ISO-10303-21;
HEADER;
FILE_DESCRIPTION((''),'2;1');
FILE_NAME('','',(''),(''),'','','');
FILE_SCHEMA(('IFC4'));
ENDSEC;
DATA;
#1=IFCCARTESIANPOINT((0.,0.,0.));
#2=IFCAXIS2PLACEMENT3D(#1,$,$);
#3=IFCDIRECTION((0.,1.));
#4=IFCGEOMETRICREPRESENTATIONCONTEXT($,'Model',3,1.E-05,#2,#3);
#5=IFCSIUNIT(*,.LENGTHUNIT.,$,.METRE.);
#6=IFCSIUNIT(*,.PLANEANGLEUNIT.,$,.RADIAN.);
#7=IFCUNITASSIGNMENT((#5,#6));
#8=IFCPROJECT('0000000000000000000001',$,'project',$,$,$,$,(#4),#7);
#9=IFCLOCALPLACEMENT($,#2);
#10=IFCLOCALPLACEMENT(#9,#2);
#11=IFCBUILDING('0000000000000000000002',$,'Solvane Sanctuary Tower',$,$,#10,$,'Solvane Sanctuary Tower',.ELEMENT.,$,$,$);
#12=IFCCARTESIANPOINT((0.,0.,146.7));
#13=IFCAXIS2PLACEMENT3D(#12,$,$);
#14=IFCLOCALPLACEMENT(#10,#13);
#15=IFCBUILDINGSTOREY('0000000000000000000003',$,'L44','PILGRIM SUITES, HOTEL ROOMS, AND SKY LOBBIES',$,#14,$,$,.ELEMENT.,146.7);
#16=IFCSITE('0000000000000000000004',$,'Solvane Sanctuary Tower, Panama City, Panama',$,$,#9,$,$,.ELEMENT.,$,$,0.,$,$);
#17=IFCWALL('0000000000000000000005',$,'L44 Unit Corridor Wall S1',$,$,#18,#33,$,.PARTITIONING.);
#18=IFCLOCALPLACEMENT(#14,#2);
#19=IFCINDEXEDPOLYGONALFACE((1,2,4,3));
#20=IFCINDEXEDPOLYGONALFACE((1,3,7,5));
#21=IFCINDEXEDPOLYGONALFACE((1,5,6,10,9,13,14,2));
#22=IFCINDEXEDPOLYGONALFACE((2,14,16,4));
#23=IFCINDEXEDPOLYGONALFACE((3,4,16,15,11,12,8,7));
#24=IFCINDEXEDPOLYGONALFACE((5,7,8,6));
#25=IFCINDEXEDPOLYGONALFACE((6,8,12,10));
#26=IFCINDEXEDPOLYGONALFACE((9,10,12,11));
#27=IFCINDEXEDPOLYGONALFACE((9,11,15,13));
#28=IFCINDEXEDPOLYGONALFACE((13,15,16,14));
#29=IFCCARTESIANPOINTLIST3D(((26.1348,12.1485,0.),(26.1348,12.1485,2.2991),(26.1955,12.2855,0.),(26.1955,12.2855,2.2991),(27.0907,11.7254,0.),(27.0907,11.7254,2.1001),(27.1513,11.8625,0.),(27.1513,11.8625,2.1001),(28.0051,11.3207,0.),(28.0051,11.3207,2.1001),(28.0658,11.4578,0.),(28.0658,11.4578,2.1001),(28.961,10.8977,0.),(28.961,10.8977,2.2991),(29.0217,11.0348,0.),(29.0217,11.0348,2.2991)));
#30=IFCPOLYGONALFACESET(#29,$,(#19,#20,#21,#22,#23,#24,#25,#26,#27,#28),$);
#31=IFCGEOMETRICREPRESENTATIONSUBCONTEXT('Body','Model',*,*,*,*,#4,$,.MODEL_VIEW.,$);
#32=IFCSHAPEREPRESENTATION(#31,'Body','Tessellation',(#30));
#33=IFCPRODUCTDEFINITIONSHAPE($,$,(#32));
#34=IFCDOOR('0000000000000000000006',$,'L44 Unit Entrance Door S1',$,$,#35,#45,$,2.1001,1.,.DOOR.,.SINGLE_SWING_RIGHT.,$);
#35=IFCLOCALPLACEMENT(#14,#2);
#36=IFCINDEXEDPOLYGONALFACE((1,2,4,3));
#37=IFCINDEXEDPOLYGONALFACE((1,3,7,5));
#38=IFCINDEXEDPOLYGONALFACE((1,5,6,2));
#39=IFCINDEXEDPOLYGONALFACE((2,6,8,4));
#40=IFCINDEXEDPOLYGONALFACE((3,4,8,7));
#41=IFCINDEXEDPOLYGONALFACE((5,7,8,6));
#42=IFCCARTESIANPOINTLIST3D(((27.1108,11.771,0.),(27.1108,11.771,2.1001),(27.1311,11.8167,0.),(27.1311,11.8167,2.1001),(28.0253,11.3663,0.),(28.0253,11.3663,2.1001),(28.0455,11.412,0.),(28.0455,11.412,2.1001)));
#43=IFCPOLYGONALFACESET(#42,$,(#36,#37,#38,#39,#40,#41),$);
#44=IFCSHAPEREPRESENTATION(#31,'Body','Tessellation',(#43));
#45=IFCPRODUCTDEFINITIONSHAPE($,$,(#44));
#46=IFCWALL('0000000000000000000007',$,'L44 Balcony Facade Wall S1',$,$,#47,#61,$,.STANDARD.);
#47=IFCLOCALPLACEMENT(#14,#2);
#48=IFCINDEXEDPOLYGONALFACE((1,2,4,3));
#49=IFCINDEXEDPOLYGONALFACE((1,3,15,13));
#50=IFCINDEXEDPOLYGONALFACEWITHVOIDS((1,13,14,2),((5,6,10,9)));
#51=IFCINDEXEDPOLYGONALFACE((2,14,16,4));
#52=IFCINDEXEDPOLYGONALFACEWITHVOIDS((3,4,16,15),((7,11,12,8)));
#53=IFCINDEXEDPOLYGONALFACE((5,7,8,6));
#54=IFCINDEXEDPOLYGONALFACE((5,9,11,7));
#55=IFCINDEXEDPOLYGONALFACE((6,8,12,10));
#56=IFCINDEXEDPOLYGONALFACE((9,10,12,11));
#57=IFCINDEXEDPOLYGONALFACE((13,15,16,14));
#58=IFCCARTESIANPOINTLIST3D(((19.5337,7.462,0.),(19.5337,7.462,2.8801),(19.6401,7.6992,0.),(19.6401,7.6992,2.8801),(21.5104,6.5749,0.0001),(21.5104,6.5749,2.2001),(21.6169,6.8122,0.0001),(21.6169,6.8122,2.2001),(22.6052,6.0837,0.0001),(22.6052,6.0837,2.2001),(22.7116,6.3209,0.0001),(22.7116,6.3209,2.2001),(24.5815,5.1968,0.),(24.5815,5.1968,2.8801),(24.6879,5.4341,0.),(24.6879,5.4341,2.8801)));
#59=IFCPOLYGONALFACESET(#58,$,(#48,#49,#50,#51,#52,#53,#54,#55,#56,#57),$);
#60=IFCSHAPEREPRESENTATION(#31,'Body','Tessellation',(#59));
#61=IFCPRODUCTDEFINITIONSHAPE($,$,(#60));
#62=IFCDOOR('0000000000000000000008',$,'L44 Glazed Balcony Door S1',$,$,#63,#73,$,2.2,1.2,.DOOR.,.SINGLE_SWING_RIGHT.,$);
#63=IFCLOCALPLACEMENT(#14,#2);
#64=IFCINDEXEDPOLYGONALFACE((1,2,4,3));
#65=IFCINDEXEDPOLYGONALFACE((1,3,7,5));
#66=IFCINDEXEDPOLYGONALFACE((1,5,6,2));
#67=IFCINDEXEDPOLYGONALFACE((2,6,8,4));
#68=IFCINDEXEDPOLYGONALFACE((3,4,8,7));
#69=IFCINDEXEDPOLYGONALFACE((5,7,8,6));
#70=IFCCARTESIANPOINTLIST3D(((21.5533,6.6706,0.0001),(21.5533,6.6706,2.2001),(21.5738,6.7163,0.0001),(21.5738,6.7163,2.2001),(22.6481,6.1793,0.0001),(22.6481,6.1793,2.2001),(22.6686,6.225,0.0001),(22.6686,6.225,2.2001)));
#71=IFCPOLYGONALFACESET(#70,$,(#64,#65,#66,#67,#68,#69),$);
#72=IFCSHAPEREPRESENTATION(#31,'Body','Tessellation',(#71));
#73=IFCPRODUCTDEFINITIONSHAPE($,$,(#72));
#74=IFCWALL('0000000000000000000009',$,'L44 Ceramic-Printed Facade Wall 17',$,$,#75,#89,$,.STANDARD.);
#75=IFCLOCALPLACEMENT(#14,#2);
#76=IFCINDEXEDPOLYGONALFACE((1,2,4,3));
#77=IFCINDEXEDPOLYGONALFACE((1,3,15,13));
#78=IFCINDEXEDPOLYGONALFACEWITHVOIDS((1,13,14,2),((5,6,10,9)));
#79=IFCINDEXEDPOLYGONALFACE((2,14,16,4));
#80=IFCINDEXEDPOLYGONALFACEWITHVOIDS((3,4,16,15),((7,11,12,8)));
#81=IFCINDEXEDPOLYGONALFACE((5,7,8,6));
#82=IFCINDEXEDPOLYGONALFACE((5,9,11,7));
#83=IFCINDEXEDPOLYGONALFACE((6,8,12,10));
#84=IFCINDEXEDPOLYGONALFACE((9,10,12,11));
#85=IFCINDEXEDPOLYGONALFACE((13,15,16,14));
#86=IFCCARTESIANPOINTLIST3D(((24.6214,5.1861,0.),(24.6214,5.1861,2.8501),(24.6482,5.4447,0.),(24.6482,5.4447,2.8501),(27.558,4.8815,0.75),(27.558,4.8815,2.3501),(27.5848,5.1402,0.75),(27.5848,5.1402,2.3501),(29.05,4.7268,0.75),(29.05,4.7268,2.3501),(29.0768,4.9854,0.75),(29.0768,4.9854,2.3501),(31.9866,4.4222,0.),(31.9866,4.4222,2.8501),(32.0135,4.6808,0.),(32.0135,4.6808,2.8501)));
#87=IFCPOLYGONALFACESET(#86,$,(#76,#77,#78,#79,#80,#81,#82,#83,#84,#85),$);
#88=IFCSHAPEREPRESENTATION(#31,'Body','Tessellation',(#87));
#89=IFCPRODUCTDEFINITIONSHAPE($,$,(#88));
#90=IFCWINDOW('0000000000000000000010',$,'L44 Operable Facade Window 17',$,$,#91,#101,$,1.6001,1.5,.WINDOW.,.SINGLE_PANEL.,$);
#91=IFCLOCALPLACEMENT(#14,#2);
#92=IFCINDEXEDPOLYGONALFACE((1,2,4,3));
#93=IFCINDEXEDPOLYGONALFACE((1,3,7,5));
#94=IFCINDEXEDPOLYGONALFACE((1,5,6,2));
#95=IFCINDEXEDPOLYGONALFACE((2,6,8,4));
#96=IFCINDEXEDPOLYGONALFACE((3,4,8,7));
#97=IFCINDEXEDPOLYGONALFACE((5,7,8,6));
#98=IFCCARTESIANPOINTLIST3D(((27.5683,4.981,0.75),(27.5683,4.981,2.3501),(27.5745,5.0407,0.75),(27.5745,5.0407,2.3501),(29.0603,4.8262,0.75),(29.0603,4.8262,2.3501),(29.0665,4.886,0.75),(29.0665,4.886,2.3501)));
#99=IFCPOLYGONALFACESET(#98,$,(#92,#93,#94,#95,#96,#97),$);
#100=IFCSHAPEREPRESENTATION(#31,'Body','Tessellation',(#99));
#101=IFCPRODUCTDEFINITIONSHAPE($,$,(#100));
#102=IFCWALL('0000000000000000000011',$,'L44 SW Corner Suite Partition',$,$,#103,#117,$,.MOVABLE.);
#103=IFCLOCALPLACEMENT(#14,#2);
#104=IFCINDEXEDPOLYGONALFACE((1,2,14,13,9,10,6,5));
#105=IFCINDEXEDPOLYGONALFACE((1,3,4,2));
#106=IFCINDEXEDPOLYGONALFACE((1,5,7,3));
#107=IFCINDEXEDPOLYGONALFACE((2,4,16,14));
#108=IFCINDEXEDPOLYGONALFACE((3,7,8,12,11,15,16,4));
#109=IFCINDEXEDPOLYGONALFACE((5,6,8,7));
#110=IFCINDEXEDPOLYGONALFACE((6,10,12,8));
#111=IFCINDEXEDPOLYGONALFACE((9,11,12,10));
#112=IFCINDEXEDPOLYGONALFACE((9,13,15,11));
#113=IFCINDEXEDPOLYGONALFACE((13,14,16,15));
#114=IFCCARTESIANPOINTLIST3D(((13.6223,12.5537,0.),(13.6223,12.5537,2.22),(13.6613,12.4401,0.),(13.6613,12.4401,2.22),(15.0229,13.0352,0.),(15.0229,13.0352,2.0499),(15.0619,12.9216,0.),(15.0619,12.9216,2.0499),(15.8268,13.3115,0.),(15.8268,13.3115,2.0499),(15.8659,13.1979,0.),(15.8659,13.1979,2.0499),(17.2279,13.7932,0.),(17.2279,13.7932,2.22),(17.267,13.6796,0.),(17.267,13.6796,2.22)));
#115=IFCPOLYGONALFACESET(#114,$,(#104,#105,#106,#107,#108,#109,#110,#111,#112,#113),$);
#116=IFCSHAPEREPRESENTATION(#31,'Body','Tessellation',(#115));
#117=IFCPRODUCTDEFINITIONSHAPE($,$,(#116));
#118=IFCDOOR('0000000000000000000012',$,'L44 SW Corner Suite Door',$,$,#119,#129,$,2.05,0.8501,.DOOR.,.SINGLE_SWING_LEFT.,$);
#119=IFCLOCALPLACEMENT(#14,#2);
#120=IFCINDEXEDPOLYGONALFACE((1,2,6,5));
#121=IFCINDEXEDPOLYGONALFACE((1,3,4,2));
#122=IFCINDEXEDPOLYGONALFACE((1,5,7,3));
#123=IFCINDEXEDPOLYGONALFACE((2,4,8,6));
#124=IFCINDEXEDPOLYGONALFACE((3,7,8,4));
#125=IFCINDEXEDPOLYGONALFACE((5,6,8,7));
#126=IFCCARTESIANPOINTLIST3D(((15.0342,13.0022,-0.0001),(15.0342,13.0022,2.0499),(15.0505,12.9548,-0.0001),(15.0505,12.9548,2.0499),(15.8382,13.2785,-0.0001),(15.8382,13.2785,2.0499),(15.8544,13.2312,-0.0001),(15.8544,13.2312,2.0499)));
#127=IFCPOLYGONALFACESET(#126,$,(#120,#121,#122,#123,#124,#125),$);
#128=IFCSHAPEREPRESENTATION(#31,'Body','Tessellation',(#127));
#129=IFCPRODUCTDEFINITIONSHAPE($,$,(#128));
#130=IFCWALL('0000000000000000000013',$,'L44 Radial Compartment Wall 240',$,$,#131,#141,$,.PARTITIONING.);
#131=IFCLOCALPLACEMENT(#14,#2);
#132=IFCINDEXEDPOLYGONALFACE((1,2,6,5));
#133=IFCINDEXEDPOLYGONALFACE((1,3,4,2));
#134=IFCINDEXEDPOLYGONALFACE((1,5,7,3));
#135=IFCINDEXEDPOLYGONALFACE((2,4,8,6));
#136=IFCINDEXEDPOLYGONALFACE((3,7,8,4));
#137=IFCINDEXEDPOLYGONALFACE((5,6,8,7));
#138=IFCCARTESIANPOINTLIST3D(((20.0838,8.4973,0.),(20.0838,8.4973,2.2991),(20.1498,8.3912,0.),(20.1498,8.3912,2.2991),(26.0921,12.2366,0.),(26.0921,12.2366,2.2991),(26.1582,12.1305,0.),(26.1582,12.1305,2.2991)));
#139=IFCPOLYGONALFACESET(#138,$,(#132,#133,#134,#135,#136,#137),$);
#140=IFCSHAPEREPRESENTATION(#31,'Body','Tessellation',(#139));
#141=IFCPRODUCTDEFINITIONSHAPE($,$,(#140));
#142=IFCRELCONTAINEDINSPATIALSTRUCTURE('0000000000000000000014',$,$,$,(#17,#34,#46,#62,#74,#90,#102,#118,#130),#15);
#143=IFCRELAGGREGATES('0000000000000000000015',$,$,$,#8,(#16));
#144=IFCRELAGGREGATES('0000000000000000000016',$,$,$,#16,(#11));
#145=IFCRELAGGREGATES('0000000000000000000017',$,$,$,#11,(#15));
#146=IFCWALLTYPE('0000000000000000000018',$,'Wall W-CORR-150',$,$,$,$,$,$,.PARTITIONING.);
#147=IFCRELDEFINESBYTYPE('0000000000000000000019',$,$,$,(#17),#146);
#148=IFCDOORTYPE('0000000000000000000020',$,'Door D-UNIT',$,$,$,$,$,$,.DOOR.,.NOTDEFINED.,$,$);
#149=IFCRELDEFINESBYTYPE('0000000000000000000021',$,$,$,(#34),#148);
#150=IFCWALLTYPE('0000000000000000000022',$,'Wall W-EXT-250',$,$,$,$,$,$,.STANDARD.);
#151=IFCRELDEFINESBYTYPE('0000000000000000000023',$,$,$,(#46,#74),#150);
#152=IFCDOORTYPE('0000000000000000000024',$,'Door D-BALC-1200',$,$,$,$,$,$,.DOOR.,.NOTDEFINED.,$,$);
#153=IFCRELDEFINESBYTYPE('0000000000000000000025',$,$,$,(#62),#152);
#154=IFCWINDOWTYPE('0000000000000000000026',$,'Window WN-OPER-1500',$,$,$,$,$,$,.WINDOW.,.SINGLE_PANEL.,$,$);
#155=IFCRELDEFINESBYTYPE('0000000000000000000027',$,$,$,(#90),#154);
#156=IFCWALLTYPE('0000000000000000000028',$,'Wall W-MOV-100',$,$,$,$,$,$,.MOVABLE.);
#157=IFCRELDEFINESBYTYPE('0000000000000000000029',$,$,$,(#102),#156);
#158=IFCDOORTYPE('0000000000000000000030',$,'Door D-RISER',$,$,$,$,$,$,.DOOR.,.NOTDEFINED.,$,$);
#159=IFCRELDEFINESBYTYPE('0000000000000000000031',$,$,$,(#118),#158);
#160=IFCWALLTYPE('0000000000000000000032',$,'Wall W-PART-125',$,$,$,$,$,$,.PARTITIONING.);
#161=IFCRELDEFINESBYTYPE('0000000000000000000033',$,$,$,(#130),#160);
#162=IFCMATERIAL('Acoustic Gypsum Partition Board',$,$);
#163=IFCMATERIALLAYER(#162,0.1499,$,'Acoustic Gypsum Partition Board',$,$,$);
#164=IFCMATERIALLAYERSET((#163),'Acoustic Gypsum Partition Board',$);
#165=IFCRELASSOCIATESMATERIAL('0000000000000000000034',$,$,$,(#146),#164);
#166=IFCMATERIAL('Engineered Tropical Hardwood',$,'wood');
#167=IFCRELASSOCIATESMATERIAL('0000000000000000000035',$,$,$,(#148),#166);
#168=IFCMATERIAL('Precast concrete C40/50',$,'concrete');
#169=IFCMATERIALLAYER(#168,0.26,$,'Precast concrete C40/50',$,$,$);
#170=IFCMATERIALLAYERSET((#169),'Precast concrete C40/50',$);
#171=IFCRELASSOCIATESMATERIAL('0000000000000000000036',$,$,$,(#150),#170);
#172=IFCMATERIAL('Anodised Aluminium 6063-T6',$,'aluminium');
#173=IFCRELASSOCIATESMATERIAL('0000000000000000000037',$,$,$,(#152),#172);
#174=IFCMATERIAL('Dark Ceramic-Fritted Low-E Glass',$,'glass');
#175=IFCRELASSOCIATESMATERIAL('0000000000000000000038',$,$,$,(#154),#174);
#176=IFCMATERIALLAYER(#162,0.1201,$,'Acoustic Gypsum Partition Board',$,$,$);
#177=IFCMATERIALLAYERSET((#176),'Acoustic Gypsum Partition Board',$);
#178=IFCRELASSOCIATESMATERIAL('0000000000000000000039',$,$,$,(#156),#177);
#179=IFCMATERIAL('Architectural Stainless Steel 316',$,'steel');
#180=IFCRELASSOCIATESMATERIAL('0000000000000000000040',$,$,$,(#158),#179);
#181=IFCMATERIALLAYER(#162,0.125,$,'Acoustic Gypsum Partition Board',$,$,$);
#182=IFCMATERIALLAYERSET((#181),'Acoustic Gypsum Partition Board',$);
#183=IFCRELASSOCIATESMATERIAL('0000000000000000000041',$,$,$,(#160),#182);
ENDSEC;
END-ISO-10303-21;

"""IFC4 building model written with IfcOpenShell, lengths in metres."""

from ifc_helpers import new_model, si_unit, direction, frame, frame_2d, origin, place, context, subcontext, project, spatial, rectangle, extrude, material, layer, layer_set, type_object, element, fill, save


model = new_model("IFC4")

# Units and contexts
model_context = context("Model", 3, precision=1e-05, world=origin(), true_north=direction((0.0, 1.0)))
body_context = subcontext(model_context, "Body", "Model", "MODEL_VIEW")
ifc_project = project(units=[si_unit("LENGTHUNIT", "METRE"), si_unit("PLANEANGLEUNIT", "RADIAN")], contexts=[model_context])

# Site, building, storey
site_placement = place(None, origin())
site = spatial("IfcSite", under=ifc_project, at=site_placement, Name="Solvane Sanctuary Tower, Panama City, Panama", CompositionType="ELEMENT", RefElevation=0.0)
building_placement = place(site_placement, origin())
building = spatial("IfcBuilding", under=site, at=building_placement, Name="Solvane Sanctuary Tower", LongName="Solvane Sanctuary Tower", CompositionType="ELEMENT")
storey_placement = place(building_placement, frame((0.0, 0.0, 146.7)))
storey = spatial("IfcBuildingStorey", under=building, at=storey_placement, Name="L44", Description="PILGRIM SUITES, HOTEL ROOMS, AND SKY LOBBIES", CompositionType="ELEMENT", Elevation=146.7)

# Shared definitions
ifc_material_1 = material(Name="Acoustic Gypsum Partition Board")
ifc_layer_1 = layer(ifc_material_1, 0.1499, Name="Acoustic Gypsum Partition Board")
ifc_layer_set_1 = layer_set([ifc_layer_1], Name="Acoustic Gypsum Partition Board")
wall_type_1 = type_object("IfcWallType", Name="Wall W-CORR-150", PredefinedType="PARTITIONING", material=ifc_layer_set_1)

# Walls, openings, doors
wall_1_placement = place(storey_placement, frame((26.165, 12.217, 0.0), z_axis=(0.0, 0.0, 1.0), x_axis=(0.914452, -0.404694, 0.0)))
wall_1 = element("IfcWall", 1, at=wall_1_placement, inside=storey, type_object=wall_type_1, Name="L44 Unit Corridor Wall S1", PredefinedType="PARTITIONING", context=body_context, shape_type="SweptSolid", body=[
    extrude(rectangle(XDim=3.0906, YDim=0.1499, at=frame_2d((1.5454, 0.0))), origin(), (0.0, 0.0, 1.0), 2.2991),
])
opening_1_placement = place(wall_1_placement, frame((1.0454, 0.0, 0.0)))
opening_1 = element("IfcOpeningElement", 2, at=opening_1_placement, cuts=wall_1, PredefinedType="OPENING", context=body_context, shape_type="SweptSolid", body=[
    extrude(rectangle(XDim=1.0, YDim=2.1001, at=frame_2d((0.5, 1.05))), frame((0.0, 0.085, 0.0), z_axis=(0.0, -1.0, 0.0), x_axis=(1.0, 0.0, 0.0)), (0.0, 0.0, 1.0), 0.1699),
])
ifc_material_2 = material(Name="Engineered Tropical Hardwood", Category="wood")
door_type_1 = type_object("IfcDoorType", Name="Door D-UNIT", OperationType="NOTDEFINED", PredefinedType="DOOR", material=ifc_material_2)
door_1_placement = place(opening_1_placement, origin())
door_1 = element("IfcDoor", 3, at=door_1_placement, inside=storey, type_object=door_type_1, Name="L44 Unit Entrance Door S1", OperationType="SINGLE_SWING_RIGHT", OverallHeight=2.1001, OverallWidth=1.0, PredefinedType="DOOR", context=body_context, shape_type="SweptSolid", body=[
    extrude(rectangle(XDim=1.0, YDim=2.1001, at=frame_2d((0.5, 1.05))), frame((0.0, 0.0249, 0.0), z_axis=(0.0, -1.0, 0.0), x_axis=(1.0, 0.0, 0.0)), (0.0, 0.0, 1.0), 0.05),
])
fill(opening_1, door_1)
ifc_material_3 = material(Name="Precast concrete C40/50", Category="concrete")
ifc_layer_2 = layer(ifc_material_3, 0.26, Name="Precast concrete C40/50")
ifc_layer_set_2 = layer_set([ifc_layer_2], Name="Precast concrete C40/50")
wall_type_2 = type_object("IfcWallType", Name="Wall W-EXT-250", PredefinedType="STANDARD", material=ifc_layer_set_2)
wall_2_placement = place(storey_placement, frame((19.5869, 7.5806, 0.0), z_axis=(0.0, 0.0, 1.0), x_axis=(0.912354, -0.409403, 0.0)))
wall_2 = element("IfcWall", 4, at=wall_2_placement, inside=storey, type_object=wall_type_2, Name="L44 Balcony Facade Wall S1", PredefinedType="STANDARD", context=body_context, shape_type="SweptSolid", body=[
    extrude(rectangle(XDim=5.5327, YDim=0.26, at=frame_2d((2.7664, 0.0))), origin(), (0.0, 0.0, 1.0), 2.8801),
])
opening_2_placement = place(wall_2_placement, frame((2.1665, 0.0, 0.0)))
opening_2 = element("IfcOpeningElement", 5, at=opening_2_placement, cuts=wall_2, PredefinedType="OPENING", context=body_context, shape_type="SweptSolid", body=[
    extrude(rectangle(XDim=1.2, YDim=2.2, at=frame_2d((0.6001, 1.1001))), frame((0.0, 0.1399, 0.0), z_axis=(0.0, -1.0, 0.0), x_axis=(1.0, 0.0, 0.0)), (0.0, 0.0, 1.0), 0.28),
])
ifc_material_4 = material(Name="Anodised Aluminium 6063-T6", Category="aluminium")
door_type_2 = type_object("IfcDoorType", Name="Door D-BALC-1200", OperationType="NOTDEFINED", PredefinedType="DOOR", material=ifc_material_4)
door_2_placement = place(opening_2_placement, origin())
door_2 = element("IfcDoor", 6, at=door_2_placement, inside=storey, type_object=door_type_2, Name="L44 Glazed Balcony Door S1", OperationType="SINGLE_SWING_RIGHT", OverallHeight=2.2, OverallWidth=1.2, PredefinedType="DOOR", context=body_context, shape_type="SweptSolid", body=[
    extrude(rectangle(XDim=1.2, YDim=2.2, at=frame_2d((0.6001, 1.1001))), frame((0.0, 0.0249, 0.0), z_axis=(0.0, -1.0, 0.0), x_axis=(1.0, 0.0, 0.0)), (0.0, 0.0, 1.0), 0.05),
])
fill(opening_2, door_2)

# Wall, opening, window
wall_3_placement = place(storey_placement, frame((24.6348, 5.3154, 0.0), z_axis=(0.0, 0.0, 1.0), x_axis=(0.994664, -0.103166, 0.0)))
wall_3 = element("IfcWall", 7, at=wall_3_placement, inside=storey, type_object=wall_type_2, Name="L44 Ceramic-Printed Facade Wall 17", PredefinedType="STANDARD", context=body_context, shape_type="SweptSolid", body=[
    extrude(rectangle(XDim=7.4048, YDim=0.26, at=frame_2d((3.7024, 0.0))), origin(), (0.0, 0.0, 1.0), 2.8501),
])
opening_3_placement = place(wall_3_placement, frame((2.9524, 0.0, 0.75)))
opening_3 = element("IfcOpeningElement", 8, at=opening_3_placement, cuts=wall_3, PredefinedType="OPENING", context=body_context, shape_type="SweptSolid", body=[
    extrude(rectangle(XDim=1.5, YDim=1.6001, at=frame_2d((0.75, 0.8))), frame((0.0, 0.1399, 0.0), z_axis=(0.0, -1.0, 0.0), x_axis=(1.0, 0.0, 0.0)), (0.0, 0.0, 1.0), 0.28),
])
ifc_material_5 = material(Name="Dark Ceramic-Fritted Low-E Glass", Category="glass")
window_type = type_object("IfcWindowType", Name="Window WN-OPER-1500", PartitioningType="SINGLE_PANEL", PredefinedType="WINDOW", material=ifc_material_5)
window_placement = place(opening_3_placement, origin())
window = element("IfcWindow", 9, at=window_placement, inside=storey, type_object=window_type, Name="L44 Operable Facade Window 17", OverallHeight=1.6001, OverallWidth=1.5, PartitioningType="SINGLE_PANEL", PredefinedType="WINDOW", context=body_context, shape_type="SweptSolid", body=[
    extrude(rectangle(XDim=1.5, YDim=1.6001, at=frame_2d((0.75, 0.8))), frame((0.0, 0.03, 0.0), z_axis=(0.0, -1.0, 0.0), x_axis=(1.0, 0.0, 0.0)), (0.0, 0.0, 1.0), 0.0601),
])
fill(opening_3, window)

# Wall, opening, door
ifc_layer_3 = layer(ifc_material_1, 0.1201, Name="Acoustic Gypsum Partition Board")
ifc_layer_set_3 = layer_set([ifc_layer_3], Name="Acoustic Gypsum Partition Board")
wall_type_3 = type_object("IfcWallType", Name="Wall W-MOV-100", PredefinedType="MOVABLE", material=ifc_layer_set_3)
wall_4_placement = place(storey_placement, frame((17.2473, 13.7363, 0.0), z_axis=(0.0, 0.0, 1.0), x_axis=(-0.945684, -0.325089, 0.0)))
wall_4 = element("IfcWall", 10, at=wall_4_placement, inside=storey, type_object=wall_type_3, Name="L44 SW Corner Suite Partition", PredefinedType="MOVABLE", context=body_context, shape_type="SweptSolid", body=[
    extrude(rectangle(XDim=3.8127, YDim=0.1201, at=frame_2d((1.9062, 0.0))), origin(), (0.0, 0.0, 1.0), 2.22),
])
opening_4_placement = place(wall_4_placement, frame((1.4814, 0.0, 0.0)))
opening_4 = element("IfcOpeningElement", 11, at=opening_4_placement, cuts=wall_4, PredefinedType="OPENING", context=body_context, shape_type="SweptSolid", body=[
    extrude(rectangle(XDim=0.8501, YDim=2.05, at=frame_2d((0.425, 1.0249))), frame((0.0, 0.0701, 0.0), z_axis=(0.0, -1.0, 0.0), x_axis=(1.0, 0.0, 0.0)), (0.0, 0.0, 1.0), 0.1401),
])
ifc_material_6 = material(Name="Architectural Stainless Steel 316", Category="steel")
door_type_3 = type_object("IfcDoorType", Name="Door D-RISER", OperationType="NOTDEFINED", PredefinedType="DOOR", material=ifc_material_6)
door_3_placement = place(opening_4_placement, origin())
door_3 = element("IfcDoor", 12, at=door_3_placement, inside=storey, type_object=door_type_3, Name="L44 SW Corner Suite Door", OperationType="SINGLE_SWING_LEFT", OverallHeight=2.05, OverallWidth=0.8501, PredefinedType="DOOR", context=body_context, shape_type="SweptSolid", body=[
    extrude(rectangle(XDim=0.8501, YDim=2.05, at=frame_2d((0.425, 1.0249))), frame((0.0, 0.0249, 0.0), z_axis=(0.0, -1.0, 0.0), x_axis=(1.0, 0.0, 0.0)), (0.0, 0.0, 1.0), 0.05),
])
fill(opening_4, door_3)

# Wall
ifc_layer_4 = layer(ifc_material_1, 0.125, Name="Acoustic Gypsum Partition Board")
ifc_layer_set_4 = layer_set([ifc_layer_4], Name="Acoustic Gypsum Partition Board")
wall_type_4 = type_object("IfcWallType", Name="Wall W-PART-125", PredefinedType="PARTITIONING", material=ifc_layer_set_4)
wall_5_placement = place(storey_placement, frame((26.1252, 12.1836, 0.0), z_axis=(0.0, 0.0, 1.0), x_axis=(-0.849008, -0.528379, 0.0)))
element("IfcWall", 13, at=wall_5_placement, inside=storey, type_object=wall_type_4, Name="L44 Radial Compartment Wall 240", PredefinedType="PARTITIONING", context=body_context, shape_type="SweptSolid", body=[
    extrude(rectangle(XDim=7.0769, YDim=0.125, at=frame_2d((3.5386, 0.0))), origin(), (0.0, 0.0, 1.0), 2.2991),
])

save(model, "model.ifc")
